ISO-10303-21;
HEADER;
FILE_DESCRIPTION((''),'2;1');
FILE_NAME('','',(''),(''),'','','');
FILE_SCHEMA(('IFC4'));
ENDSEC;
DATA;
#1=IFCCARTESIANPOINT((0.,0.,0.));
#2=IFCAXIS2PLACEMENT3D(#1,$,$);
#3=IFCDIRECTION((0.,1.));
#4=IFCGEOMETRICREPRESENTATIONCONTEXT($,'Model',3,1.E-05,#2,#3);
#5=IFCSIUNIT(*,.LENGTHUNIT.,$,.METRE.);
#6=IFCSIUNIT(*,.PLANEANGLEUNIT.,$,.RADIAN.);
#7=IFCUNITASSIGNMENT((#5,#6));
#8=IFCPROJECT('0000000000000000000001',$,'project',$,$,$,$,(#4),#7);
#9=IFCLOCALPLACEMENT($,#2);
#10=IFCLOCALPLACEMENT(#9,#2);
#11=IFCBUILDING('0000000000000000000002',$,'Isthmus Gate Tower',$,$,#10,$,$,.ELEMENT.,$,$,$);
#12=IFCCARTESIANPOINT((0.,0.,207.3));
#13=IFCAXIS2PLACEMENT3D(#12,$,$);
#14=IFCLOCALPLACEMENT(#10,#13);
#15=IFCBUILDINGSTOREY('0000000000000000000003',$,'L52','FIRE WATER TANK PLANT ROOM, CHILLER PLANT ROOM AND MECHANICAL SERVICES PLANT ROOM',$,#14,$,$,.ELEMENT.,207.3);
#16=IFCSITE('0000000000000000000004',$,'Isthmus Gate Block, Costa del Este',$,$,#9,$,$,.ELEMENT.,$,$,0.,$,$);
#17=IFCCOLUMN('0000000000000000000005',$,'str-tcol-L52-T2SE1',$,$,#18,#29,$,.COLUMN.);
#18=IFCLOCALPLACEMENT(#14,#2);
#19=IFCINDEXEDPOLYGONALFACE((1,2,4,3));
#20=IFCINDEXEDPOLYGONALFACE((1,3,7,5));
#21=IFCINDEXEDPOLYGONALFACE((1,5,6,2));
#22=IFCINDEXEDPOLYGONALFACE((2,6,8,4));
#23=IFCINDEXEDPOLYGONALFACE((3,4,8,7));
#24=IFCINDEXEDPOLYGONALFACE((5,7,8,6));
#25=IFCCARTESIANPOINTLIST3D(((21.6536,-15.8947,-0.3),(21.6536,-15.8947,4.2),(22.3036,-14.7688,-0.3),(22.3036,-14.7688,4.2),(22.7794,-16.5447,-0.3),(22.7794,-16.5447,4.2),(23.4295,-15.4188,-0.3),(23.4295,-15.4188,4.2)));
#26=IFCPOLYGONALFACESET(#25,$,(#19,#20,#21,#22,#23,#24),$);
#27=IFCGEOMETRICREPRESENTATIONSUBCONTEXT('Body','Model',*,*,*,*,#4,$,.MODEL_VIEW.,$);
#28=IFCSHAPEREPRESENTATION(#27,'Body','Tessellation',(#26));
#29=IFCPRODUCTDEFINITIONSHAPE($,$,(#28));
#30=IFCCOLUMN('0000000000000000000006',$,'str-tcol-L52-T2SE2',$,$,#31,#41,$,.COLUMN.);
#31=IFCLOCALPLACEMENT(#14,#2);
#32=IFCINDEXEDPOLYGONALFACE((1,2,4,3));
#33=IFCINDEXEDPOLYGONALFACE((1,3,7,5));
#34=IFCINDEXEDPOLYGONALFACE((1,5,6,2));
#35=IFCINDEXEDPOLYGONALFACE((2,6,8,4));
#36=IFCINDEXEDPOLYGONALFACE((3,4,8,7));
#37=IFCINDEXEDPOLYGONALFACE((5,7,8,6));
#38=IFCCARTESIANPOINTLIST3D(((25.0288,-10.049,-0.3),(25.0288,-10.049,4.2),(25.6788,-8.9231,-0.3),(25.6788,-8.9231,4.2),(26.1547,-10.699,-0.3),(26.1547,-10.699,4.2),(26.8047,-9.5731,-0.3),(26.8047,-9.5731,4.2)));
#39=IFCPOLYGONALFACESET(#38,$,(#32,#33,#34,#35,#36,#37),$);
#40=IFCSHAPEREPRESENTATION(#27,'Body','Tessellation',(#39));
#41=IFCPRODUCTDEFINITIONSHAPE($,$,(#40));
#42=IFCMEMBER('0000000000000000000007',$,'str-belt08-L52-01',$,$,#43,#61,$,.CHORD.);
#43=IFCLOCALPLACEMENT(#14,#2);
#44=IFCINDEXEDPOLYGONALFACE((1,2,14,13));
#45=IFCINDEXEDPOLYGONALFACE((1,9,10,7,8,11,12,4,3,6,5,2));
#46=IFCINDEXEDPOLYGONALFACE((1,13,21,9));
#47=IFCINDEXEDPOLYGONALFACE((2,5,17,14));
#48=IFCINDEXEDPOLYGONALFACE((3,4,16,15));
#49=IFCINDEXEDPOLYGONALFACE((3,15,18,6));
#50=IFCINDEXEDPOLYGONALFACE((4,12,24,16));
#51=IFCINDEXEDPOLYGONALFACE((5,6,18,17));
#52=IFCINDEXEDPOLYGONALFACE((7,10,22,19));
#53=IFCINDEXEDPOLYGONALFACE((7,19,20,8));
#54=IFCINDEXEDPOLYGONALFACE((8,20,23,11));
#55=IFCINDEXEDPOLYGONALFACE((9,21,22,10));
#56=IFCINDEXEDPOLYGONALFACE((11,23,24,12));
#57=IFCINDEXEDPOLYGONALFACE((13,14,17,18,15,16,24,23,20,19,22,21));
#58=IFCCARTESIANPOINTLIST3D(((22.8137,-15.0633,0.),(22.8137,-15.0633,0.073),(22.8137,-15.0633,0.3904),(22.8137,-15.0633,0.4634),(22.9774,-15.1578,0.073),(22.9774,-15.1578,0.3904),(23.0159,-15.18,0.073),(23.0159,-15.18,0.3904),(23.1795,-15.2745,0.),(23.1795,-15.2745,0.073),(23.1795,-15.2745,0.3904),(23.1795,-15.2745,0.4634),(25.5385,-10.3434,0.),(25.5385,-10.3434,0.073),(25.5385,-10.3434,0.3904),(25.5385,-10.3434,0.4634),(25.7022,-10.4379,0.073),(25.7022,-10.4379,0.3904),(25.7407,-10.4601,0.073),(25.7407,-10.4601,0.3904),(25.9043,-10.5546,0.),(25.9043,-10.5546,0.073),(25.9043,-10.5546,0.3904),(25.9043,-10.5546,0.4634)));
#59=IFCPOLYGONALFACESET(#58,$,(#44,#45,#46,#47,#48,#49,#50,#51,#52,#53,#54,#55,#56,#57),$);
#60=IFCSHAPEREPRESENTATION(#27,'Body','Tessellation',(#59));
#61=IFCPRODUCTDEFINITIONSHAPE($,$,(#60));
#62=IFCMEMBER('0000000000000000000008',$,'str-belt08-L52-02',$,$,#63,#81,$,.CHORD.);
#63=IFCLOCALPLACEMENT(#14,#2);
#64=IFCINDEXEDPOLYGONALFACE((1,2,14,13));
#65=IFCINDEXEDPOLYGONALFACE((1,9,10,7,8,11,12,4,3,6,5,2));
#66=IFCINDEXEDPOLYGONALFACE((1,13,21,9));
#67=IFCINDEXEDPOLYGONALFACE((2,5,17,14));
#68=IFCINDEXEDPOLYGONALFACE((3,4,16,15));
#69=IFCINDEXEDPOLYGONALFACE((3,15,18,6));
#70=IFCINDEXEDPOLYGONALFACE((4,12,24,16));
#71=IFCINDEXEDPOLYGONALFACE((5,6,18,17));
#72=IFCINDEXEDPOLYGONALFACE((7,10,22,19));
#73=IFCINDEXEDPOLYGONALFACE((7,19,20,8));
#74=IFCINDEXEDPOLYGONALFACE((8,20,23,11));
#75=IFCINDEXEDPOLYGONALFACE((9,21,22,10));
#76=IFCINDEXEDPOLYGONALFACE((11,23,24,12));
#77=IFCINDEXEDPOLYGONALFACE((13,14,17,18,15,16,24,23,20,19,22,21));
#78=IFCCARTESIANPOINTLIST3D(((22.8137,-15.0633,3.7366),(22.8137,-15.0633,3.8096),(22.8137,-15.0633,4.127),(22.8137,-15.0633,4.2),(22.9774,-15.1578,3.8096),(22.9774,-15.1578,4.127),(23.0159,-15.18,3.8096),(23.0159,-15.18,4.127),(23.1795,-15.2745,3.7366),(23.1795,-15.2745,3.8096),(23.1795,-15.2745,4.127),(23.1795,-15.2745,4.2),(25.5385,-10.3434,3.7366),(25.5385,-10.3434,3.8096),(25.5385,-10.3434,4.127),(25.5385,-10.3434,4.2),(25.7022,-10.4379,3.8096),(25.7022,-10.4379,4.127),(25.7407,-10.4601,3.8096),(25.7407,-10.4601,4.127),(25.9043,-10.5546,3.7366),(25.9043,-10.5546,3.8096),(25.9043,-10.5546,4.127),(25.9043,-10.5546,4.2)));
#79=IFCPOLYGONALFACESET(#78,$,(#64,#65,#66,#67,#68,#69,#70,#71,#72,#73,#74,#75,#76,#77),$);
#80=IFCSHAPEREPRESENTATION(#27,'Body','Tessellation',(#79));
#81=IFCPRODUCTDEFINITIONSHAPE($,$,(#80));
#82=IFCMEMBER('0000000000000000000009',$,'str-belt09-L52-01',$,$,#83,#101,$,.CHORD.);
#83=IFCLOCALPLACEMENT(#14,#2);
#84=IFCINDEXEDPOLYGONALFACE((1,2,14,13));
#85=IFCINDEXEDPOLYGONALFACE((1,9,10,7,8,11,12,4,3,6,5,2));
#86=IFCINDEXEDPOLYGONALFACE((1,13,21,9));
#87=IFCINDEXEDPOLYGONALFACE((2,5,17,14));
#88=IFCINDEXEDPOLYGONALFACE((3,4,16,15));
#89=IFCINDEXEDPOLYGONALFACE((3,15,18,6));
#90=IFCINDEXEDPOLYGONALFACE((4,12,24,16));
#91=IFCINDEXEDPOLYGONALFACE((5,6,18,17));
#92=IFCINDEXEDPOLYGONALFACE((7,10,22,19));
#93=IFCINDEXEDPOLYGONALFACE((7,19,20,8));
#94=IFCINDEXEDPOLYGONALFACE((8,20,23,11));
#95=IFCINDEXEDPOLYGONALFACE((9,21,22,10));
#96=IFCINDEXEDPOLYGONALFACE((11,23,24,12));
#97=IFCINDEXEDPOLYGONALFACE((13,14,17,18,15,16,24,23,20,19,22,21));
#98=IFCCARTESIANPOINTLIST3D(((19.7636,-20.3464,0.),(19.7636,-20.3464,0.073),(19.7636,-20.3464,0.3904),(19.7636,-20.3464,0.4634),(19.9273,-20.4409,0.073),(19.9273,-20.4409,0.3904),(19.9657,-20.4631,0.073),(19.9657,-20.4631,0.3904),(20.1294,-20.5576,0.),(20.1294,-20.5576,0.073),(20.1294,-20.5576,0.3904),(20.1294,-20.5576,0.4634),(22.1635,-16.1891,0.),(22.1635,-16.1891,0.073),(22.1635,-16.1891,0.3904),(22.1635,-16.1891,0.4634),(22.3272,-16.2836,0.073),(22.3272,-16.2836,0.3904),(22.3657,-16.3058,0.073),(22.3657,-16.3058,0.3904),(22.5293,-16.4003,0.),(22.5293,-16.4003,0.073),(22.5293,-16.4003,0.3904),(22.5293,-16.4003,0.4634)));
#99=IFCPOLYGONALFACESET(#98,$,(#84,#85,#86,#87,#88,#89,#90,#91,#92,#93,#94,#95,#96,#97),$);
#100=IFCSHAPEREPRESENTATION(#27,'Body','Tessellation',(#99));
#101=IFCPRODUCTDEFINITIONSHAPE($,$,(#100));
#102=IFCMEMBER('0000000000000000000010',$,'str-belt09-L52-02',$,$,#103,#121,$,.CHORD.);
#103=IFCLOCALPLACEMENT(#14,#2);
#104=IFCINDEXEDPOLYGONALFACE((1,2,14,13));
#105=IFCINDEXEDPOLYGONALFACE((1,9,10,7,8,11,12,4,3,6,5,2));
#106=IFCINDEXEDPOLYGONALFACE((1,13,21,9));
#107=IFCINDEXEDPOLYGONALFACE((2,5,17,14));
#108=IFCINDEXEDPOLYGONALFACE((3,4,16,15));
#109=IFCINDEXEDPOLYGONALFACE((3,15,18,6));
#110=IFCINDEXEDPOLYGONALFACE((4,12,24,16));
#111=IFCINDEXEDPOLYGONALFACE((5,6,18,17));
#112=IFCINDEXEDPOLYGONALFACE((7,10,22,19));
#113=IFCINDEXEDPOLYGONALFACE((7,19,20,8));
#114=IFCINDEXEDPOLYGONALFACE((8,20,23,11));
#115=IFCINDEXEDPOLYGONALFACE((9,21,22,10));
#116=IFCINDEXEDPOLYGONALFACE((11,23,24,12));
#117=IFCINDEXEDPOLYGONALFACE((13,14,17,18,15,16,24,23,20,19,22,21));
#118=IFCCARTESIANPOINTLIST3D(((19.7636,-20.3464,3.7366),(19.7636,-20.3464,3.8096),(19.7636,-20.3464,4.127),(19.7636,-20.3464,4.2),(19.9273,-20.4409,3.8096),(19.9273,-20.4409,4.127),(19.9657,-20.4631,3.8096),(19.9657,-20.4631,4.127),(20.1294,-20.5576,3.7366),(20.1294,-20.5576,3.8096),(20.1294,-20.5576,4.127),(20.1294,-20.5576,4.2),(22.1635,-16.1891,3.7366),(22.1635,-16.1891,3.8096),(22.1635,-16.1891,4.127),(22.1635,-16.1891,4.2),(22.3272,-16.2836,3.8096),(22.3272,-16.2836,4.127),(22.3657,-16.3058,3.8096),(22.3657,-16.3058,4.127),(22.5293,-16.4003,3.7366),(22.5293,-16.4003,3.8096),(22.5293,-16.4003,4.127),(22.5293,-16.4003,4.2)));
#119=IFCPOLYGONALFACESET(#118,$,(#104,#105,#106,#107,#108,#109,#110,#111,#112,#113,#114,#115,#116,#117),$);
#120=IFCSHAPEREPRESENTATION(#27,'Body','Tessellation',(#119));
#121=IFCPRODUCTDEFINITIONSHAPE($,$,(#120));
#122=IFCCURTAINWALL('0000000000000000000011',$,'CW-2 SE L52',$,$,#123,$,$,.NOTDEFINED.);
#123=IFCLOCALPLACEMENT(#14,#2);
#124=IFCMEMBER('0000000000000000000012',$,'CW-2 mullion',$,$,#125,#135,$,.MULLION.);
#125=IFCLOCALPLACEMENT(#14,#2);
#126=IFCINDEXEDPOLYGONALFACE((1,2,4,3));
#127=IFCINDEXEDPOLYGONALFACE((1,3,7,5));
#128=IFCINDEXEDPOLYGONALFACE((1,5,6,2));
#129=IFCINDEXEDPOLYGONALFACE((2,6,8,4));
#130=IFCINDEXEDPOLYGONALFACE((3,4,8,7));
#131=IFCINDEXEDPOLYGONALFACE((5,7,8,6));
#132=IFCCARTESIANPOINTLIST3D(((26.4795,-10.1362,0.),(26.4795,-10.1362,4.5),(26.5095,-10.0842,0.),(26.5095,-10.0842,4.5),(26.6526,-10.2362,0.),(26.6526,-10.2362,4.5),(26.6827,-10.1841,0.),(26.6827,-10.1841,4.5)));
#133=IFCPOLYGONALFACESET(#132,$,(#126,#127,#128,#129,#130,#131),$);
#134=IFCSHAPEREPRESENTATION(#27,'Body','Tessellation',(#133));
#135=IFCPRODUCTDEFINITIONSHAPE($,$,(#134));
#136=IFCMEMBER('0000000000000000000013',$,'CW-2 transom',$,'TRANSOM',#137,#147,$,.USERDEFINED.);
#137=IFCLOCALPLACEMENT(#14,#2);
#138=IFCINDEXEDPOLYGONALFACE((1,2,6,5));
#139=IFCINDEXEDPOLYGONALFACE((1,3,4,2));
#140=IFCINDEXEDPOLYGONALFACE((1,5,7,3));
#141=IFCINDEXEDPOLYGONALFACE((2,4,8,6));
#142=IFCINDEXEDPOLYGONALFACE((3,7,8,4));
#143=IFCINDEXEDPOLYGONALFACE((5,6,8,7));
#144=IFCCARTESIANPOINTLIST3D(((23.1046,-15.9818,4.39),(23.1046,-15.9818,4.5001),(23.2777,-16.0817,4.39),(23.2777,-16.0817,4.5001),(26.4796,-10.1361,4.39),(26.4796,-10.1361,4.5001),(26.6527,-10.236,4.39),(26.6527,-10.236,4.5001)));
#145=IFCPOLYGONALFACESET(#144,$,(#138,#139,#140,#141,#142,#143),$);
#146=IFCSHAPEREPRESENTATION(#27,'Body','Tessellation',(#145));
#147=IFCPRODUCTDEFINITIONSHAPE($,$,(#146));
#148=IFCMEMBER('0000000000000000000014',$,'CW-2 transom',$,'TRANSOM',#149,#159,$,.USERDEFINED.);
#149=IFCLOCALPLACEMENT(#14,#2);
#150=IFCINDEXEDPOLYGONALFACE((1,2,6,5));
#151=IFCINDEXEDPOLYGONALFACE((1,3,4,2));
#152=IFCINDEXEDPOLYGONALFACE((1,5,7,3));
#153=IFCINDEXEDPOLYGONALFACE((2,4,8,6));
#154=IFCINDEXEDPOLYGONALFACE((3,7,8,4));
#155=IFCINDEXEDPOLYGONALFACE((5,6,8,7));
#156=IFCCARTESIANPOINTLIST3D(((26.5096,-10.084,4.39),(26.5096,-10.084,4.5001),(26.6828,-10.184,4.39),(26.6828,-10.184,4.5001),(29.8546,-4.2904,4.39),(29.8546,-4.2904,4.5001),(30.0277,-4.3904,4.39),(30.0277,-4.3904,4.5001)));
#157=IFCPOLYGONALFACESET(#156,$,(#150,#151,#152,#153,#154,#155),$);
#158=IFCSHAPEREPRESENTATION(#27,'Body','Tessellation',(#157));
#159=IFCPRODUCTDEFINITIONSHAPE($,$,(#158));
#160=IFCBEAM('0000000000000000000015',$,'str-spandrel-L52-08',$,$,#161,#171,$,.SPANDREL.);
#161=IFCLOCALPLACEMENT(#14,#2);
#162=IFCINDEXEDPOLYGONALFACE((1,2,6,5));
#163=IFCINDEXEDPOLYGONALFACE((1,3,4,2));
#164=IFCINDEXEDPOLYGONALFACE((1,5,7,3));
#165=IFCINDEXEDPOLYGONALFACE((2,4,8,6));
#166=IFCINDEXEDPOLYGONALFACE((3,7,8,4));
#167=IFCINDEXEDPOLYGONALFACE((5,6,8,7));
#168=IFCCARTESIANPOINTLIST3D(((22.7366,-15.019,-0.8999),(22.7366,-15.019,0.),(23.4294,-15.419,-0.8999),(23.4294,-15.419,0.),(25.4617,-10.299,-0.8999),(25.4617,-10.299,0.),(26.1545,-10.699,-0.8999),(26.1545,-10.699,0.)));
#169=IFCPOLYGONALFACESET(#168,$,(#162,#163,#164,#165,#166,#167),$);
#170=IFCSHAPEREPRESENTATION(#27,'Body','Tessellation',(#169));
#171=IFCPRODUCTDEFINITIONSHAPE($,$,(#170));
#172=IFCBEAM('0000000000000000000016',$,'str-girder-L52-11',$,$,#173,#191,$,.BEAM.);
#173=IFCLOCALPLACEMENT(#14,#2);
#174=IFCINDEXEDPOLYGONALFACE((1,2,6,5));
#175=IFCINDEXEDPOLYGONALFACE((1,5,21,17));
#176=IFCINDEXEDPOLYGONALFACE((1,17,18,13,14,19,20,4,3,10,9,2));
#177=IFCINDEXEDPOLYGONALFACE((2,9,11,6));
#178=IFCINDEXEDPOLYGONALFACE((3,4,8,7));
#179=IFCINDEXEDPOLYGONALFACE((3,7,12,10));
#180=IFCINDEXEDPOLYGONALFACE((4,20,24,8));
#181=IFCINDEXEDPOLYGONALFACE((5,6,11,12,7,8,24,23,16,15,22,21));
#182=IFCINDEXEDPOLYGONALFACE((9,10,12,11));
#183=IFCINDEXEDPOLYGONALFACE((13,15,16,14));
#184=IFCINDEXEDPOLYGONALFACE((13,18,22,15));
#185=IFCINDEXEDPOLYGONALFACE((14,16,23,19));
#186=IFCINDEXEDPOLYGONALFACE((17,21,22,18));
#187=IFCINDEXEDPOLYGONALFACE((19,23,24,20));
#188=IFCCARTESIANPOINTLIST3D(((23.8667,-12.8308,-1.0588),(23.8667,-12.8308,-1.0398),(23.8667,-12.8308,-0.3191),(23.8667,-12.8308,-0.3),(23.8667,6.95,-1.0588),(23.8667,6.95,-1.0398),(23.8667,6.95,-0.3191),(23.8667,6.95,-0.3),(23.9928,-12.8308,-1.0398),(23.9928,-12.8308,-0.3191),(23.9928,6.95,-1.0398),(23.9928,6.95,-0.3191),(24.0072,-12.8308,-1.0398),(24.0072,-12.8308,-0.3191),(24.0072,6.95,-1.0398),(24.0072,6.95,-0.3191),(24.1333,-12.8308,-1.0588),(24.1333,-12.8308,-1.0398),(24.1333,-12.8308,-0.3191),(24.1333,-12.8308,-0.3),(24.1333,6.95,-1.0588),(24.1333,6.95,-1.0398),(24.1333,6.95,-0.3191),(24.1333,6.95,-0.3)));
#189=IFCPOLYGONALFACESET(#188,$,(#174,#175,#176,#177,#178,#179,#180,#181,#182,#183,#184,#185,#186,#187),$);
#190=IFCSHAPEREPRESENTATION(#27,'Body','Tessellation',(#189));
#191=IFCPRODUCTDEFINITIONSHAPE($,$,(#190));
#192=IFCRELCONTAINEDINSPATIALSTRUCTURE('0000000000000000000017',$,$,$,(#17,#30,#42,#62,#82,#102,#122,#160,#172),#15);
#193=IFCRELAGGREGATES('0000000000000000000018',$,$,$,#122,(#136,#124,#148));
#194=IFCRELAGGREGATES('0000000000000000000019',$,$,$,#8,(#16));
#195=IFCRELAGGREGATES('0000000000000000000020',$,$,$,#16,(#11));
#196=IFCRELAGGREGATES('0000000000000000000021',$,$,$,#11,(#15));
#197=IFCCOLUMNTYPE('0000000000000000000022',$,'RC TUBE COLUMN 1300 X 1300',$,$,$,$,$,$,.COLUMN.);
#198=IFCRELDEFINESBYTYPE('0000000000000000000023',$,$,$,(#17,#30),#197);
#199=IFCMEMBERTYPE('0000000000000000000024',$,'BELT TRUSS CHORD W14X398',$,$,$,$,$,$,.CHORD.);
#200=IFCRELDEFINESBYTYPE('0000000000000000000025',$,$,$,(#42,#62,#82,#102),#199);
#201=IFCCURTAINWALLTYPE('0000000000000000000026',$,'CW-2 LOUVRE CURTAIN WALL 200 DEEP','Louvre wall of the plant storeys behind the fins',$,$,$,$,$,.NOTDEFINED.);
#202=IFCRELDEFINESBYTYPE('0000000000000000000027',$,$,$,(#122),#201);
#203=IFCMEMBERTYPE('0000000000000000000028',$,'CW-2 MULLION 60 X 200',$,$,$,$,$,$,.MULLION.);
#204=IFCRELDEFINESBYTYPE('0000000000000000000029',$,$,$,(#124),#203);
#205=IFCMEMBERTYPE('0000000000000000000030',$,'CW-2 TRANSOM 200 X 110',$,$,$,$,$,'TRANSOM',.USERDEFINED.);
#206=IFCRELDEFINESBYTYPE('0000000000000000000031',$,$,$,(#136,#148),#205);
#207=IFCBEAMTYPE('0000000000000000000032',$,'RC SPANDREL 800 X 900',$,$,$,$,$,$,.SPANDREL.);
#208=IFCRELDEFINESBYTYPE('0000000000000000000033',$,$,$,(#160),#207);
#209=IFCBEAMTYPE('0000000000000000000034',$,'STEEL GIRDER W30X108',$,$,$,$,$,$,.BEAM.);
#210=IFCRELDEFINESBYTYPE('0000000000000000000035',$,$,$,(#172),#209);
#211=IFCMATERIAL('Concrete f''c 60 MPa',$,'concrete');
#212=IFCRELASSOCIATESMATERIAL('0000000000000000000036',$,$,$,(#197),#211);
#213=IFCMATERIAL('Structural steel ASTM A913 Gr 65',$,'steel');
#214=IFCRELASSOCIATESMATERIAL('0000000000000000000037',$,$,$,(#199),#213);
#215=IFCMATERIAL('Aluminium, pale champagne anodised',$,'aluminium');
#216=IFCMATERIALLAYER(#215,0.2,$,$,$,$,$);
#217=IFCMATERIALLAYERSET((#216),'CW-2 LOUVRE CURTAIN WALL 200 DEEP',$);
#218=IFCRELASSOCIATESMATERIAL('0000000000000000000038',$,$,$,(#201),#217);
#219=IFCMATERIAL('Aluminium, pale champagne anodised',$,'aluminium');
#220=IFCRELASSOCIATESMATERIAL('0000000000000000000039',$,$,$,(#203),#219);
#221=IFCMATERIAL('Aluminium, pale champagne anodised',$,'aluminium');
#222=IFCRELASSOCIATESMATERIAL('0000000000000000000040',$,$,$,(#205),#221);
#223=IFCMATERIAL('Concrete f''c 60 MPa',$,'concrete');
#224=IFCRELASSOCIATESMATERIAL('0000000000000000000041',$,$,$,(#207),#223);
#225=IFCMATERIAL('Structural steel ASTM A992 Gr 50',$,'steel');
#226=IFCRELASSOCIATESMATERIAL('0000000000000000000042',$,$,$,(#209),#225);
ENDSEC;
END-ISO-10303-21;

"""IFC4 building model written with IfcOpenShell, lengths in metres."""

from ifc_helpers import new_model, si_unit, direction, frame, origin, origin_2d, place, context, subcontext, project, spatial, rectangle, i_section, extrude, material, layer, layer_set, material_profile, profile_set, type_object, element, aggregate, save


model = new_model("IFC4")

# Units and contexts
model_context = context("Model", 3, precision=1e-05, world=origin(), true_north=direction((0.0, 1.0)))
body_context = subcontext(model_context, "Body", "Model", "MODEL_VIEW")
ifc_project = project(units=[si_unit("LENGTHUNIT", "METRE"), si_unit("PLANEANGLEUNIT", "RADIAN")], contexts=[model_context])

# Site, building, storey
site_placement = place(None, origin())
site = spatial("IfcSite", under=ifc_project, at=site_placement, Name="Isthmus Gate Block, Costa del Este", CompositionType="ELEMENT", RefElevation=0.0)
building_placement = place(site_placement, origin())
building = spatial("IfcBuilding", under=site, at=building_placement, Name="Isthmus Gate Tower", CompositionType="ELEMENT")
storey_placement = place(building_placement, frame((0.0, 0.0, 207.3)))
storey = spatial("IfcBuildingStorey", under=building, at=storey_placement, Name="L52", Description="FIRE WATER TANK PLANT ROOM, CHILLER PLANT ROOM AND MECHANICAL SERVICES PLANT ROOM", CompositionType="ELEMENT", Elevation=207.3)

# Columns
ifc_material_1 = material(Name="Concrete f'c 60 MPa", Category="concrete")
ifc_material_profile_1 = material_profile(ifc_material_1, rectangle(XDim=1.3, YDim=1.3, at=origin_2d()), Name="RC 1300X1300")
ifc_profile_set_1 = profile_set([ifc_material_profile_1], Name="Concrete f'c 60 MPa")
column_type = type_object("IfcColumnType", Name="RC TUBE COLUMN 1300 X 1300", PredefinedType="COLUMN", material=ifc_profile_set_1)
for number, where, z_axis, x_axis, name in (
    (1, (22.5415, -15.6567, -0.3), (0.0, 0.0, 1.0), (0.5, 0.866025, 0.0), "str-tcol-L52-T2SE1"),
    (2, (25.9167, -9.811, -0.3), (0.0, 0.0, 1.0), (0.5, 0.866025, 0.0), "str-tcol-L52-T2SE2"),
):
    element("IfcColumn", number, at=place(storey_placement, frame(where, z_axis=z_axis, x_axis=x_axis)), inside=storey, type_object=column_type, Name=name, PredefinedType="COLUMN", context=body_context, shape_type="SweptSolid", body=[
        extrude(rectangle(XDim=1.3, YDim=1.3, at=origin_2d()), origin(), (0.0, 0.0, 1.0), 4.5),
    ])

# Members
ifc_material_2 = material(Name="Structural steel ASTM A913 Gr 65", Category="steel")
ifc_material_profile_2 = material_profile(ifc_material_2, i_section(OverallWidth=0.4224, OverallDepth=0.4634, WebThickness=0.0444, FlangeThickness=0.073, at=origin_2d()), Name="W14X398")
ifc_profile_set_2 = profile_set([ifc_material_profile_2], Name="Structural steel ASTM A913 Gr 65")
member_type_1 = type_object("IfcMemberType", Name="BELT TRUSS CHORD W14X398", PredefinedType="CHORD", material=ifc_profile_set_2)
for number, where, z_axis, x_axis, name in (
    (3, (25.7214, -10.449, 0.2317), (-0.499969, -0.866043, 0.0), (0.866043, -0.499969, 0.0), "str-belt08-L52-01"),
    (4, (25.7214, -10.449, 3.9683), (-0.499969, -0.866043, 0.0), (0.866043, -0.499969, 0.0), "str-belt08-L52-02"),
):
    element("IfcMember", number, at=place(storey_placement, frame(where, z_axis=z_axis, x_axis=x_axis)), inside=storey, type_object=member_type_1, Name=name, PredefinedType="CHORD", context=body_context, shape_type="SweptSolid", body=[
        extrude(i_section(OverallWidth=0.4224, OverallDepth=0.4634, WebThickness=0.0444, FlangeThickness=0.073, at=origin_2d()), origin(), (0.0, 0.0, 1.0), 5.45),
    ])
for number, where, z_axis, x_axis, name in (
    (5, (22.3464, -16.2947, 0.2317), (-0.499957, -0.86605, 0.0), (0.86605, -0.499957, 0.0), "str-belt09-L52-01"),
    (6, (22.3464, -16.2947, 3.9683), (-0.499957, -0.86605, 0.0), (0.86605, -0.499957, 0.0), "str-belt09-L52-02"),
):
    element("IfcMember", number, at=place(storey_placement, frame(where, z_axis=z_axis, x_axis=x_axis)), inside=storey, type_object=member_type_1, Name=name, PredefinedType="CHORD", context=body_context, shape_type="SweptSolid", body=[
        extrude(i_section(OverallWidth=0.4224, OverallDepth=0.4634, WebThickness=0.0444, FlangeThickness=0.073, at=origin_2d()), origin(), (0.0, 0.0, 1.0), 4.8003),
    ])

# Curtain wall, members
ifc_material_3 = material(Name="Aluminium, pale champagne anodised", Category="aluminium")
ifc_layer_1 = layer(ifc_material_3, 0.2)
ifc_layer_set_1 = layer_set([ifc_layer_1], Name="CW-2 LOUVRE CURTAIN WALL 200 DEEP")
curtain_wall_type = type_object("IfcCurtainWallType", Name="CW-2 LOUVRE CURTAIN WALL 200 DEEP", Description="Louvre wall of the plant storeys behind the fins", PredefinedType="NOTDEFINED", material=ifc_layer_set_1)
curtain_wall_placement = place(storey_placement, origin())
curtain_wall = element("IfcCurtainWall", 7, at=curtain_wall_placement, inside=storey, type_object=curtain_wall_type, Name="CW-2 SE L52", PredefinedType="NOTDEFINED")
ifc_material_4 = material(Name="Aluminium, pale champagne anodised", Category="aluminium")
ifc_material_profile_3 = material_profile(ifc_material_4, rectangle(XDim=0.0601, YDim=0.2, at=origin_2d()), Name="60x200")
ifc_profile_set_3 = profile_set([ifc_material_profile_3], Name="Aluminium, pale champagne anodised")
member_type_2 = type_object("IfcMemberType", Name="CW-2 MULLION 60 X 200", PredefinedType="MULLION", material=ifc_profile_set_3)
member_1_placement = place(storey_placement, frame((26.5811, -10.1602, 0.0), z_axis=(0.0, 0.0, 1.0), x_axis=(0.5, 0.866025, 0.0)))
member_1 = element("IfcMember", 8, at=member_1_placement, type_object=member_type_2, Name="CW-2 mullion", PredefinedType="MULLION", context=body_context, shape_type="SweptSolid", body=[
    extrude(rectangle(XDim=0.0601, YDim=0.2, at=origin_2d()), origin(), (0.0, 0.0, 1.0), 4.5),
])
ifc_material_5 = material(Name="Aluminium, pale champagne anodised", Category="aluminium")
ifc_material_profile_4 = material_profile(ifc_material_5, rectangle(XDim=0.2, YDim=0.1101, at=origin_2d()), Name="200x110")
ifc_profile_set_4 = profile_set([ifc_material_profile_4], Name="Aluminium, pale champagne anodised")
member_type_3 = type_object("IfcMemberType", Name="CW-2 TRANSOM 200 X 110", ElementType="TRANSOM", PredefinedType="USERDEFINED", material=ifc_profile_set_4)
member_2_placement = place(storey_placement, frame((23.1912, -16.0317, 4.4451), z_axis=(0.499998, 0.866027, 0.0), x_axis=(-0.866027, 0.499998, 0.0)))
member_2 = element("IfcMember", 9, at=member_2_placement, type_object=member_type_3, Name="CW-2 transom", ObjectType="TRANSOM", PredefinedType="USERDEFINED", context=body_context, shape_type="SweptSolid", body=[
    extrude(rectangle(XDim=0.2, YDim=0.1101, at=origin_2d()), origin(), (0.0, 0.0, 1.0), 6.75),
])
member_3_placement = place(storey_placement, frame((26.5962, -10.134, 4.4451), z_axis=(0.499997, 0.866027, 0.0), x_axis=(-0.866027, 0.499997, 0.0)))
member_3 = element("IfcMember", 10, at=member_3_placement, type_object=member_type_3, Name="CW-2 transom", ObjectType="TRANSOM", PredefinedType="USERDEFINED", context=body_context, shape_type="SweptSolid", body=[
    extrude(rectangle(XDim=0.2, YDim=0.1101, at=origin_2d()), origin(), (0.0, 0.0, 1.0), 6.6899),
])

# Beams
ifc_material_6 = material(Name="Concrete f'c 60 MPa", Category="concrete")
ifc_material_profile_5 = material_profile(ifc_material_6, rectangle(XDim=0.8, YDim=0.8999, at=origin_2d()), Name="RC 800X900")
ifc_profile_set_5 = profile_set([ifc_material_profile_5], Name="Concrete f'c 60 MPa")
beam_type_1 = type_object("IfcBeamType", Name="RC SPANDREL 800 X 900", PredefinedType="SPANDREL", material=ifc_profile_set_5)
beam_1_placement = place(storey_placement, frame((25.8081, -10.499, -0.45), z_axis=(-0.500003, -0.866024, 0.0), x_axis=(0.866024, -0.500003, 0.0)))
element("IfcBeam", 11, at=beam_1_placement, inside=storey, type_object=beam_type_1, Name="str-spandrel-L52-08", PredefinedType="SPANDREL", context=body_context, shape_type="SweptSolid", body=[
    extrude(rectangle(XDim=0.8, YDim=0.8999, at=origin_2d()), origin(), (0.0, 0.0, 1.0), 5.4502),
])
ifc_material_7 = material(Name="Structural steel ASTM A992 Gr 50", Category="steel")
ifc_material_profile_6 = material_profile(ifc_material_7, i_section(OverallWidth=0.2666, OverallDepth=0.7588, WebThickness=0.0144, FlangeThickness=0.019, at=origin_2d()), Name="W30X108")
ifc_profile_set_6 = profile_set([ifc_material_profile_6], Name="Structural steel ASTM A992 Gr 50")
beam_type_2 = type_object("IfcBeamType", Name="STEEL GIRDER W30X108", PredefinedType="BEAM", material=ifc_profile_set_6)
beam_2_placement = place(storey_placement, frame((24.0, -12.8308, -0.6794), z_axis=(0.0, 1.0, 0.0), x_axis=(-1.0, 0.0, 0.0)))
element("IfcBeam", 12, at=beam_2_placement, inside=storey, type_object=beam_type_2, Name="str-girder-L52-11", PredefinedType="BEAM", context=body_context, shape_type="SweptSolid", body=[
    extrude(i_section(OverallWidth=0.2666, OverallDepth=0.7588, WebThickness=0.0144, FlangeThickness=0.019, at=origin_2d()), origin(), (0.0, 0.0, 1.0), 19.7808),
])

aggregate(curtain_wall, [member_2, member_1, member_3])

save(model, "model.ifc")
